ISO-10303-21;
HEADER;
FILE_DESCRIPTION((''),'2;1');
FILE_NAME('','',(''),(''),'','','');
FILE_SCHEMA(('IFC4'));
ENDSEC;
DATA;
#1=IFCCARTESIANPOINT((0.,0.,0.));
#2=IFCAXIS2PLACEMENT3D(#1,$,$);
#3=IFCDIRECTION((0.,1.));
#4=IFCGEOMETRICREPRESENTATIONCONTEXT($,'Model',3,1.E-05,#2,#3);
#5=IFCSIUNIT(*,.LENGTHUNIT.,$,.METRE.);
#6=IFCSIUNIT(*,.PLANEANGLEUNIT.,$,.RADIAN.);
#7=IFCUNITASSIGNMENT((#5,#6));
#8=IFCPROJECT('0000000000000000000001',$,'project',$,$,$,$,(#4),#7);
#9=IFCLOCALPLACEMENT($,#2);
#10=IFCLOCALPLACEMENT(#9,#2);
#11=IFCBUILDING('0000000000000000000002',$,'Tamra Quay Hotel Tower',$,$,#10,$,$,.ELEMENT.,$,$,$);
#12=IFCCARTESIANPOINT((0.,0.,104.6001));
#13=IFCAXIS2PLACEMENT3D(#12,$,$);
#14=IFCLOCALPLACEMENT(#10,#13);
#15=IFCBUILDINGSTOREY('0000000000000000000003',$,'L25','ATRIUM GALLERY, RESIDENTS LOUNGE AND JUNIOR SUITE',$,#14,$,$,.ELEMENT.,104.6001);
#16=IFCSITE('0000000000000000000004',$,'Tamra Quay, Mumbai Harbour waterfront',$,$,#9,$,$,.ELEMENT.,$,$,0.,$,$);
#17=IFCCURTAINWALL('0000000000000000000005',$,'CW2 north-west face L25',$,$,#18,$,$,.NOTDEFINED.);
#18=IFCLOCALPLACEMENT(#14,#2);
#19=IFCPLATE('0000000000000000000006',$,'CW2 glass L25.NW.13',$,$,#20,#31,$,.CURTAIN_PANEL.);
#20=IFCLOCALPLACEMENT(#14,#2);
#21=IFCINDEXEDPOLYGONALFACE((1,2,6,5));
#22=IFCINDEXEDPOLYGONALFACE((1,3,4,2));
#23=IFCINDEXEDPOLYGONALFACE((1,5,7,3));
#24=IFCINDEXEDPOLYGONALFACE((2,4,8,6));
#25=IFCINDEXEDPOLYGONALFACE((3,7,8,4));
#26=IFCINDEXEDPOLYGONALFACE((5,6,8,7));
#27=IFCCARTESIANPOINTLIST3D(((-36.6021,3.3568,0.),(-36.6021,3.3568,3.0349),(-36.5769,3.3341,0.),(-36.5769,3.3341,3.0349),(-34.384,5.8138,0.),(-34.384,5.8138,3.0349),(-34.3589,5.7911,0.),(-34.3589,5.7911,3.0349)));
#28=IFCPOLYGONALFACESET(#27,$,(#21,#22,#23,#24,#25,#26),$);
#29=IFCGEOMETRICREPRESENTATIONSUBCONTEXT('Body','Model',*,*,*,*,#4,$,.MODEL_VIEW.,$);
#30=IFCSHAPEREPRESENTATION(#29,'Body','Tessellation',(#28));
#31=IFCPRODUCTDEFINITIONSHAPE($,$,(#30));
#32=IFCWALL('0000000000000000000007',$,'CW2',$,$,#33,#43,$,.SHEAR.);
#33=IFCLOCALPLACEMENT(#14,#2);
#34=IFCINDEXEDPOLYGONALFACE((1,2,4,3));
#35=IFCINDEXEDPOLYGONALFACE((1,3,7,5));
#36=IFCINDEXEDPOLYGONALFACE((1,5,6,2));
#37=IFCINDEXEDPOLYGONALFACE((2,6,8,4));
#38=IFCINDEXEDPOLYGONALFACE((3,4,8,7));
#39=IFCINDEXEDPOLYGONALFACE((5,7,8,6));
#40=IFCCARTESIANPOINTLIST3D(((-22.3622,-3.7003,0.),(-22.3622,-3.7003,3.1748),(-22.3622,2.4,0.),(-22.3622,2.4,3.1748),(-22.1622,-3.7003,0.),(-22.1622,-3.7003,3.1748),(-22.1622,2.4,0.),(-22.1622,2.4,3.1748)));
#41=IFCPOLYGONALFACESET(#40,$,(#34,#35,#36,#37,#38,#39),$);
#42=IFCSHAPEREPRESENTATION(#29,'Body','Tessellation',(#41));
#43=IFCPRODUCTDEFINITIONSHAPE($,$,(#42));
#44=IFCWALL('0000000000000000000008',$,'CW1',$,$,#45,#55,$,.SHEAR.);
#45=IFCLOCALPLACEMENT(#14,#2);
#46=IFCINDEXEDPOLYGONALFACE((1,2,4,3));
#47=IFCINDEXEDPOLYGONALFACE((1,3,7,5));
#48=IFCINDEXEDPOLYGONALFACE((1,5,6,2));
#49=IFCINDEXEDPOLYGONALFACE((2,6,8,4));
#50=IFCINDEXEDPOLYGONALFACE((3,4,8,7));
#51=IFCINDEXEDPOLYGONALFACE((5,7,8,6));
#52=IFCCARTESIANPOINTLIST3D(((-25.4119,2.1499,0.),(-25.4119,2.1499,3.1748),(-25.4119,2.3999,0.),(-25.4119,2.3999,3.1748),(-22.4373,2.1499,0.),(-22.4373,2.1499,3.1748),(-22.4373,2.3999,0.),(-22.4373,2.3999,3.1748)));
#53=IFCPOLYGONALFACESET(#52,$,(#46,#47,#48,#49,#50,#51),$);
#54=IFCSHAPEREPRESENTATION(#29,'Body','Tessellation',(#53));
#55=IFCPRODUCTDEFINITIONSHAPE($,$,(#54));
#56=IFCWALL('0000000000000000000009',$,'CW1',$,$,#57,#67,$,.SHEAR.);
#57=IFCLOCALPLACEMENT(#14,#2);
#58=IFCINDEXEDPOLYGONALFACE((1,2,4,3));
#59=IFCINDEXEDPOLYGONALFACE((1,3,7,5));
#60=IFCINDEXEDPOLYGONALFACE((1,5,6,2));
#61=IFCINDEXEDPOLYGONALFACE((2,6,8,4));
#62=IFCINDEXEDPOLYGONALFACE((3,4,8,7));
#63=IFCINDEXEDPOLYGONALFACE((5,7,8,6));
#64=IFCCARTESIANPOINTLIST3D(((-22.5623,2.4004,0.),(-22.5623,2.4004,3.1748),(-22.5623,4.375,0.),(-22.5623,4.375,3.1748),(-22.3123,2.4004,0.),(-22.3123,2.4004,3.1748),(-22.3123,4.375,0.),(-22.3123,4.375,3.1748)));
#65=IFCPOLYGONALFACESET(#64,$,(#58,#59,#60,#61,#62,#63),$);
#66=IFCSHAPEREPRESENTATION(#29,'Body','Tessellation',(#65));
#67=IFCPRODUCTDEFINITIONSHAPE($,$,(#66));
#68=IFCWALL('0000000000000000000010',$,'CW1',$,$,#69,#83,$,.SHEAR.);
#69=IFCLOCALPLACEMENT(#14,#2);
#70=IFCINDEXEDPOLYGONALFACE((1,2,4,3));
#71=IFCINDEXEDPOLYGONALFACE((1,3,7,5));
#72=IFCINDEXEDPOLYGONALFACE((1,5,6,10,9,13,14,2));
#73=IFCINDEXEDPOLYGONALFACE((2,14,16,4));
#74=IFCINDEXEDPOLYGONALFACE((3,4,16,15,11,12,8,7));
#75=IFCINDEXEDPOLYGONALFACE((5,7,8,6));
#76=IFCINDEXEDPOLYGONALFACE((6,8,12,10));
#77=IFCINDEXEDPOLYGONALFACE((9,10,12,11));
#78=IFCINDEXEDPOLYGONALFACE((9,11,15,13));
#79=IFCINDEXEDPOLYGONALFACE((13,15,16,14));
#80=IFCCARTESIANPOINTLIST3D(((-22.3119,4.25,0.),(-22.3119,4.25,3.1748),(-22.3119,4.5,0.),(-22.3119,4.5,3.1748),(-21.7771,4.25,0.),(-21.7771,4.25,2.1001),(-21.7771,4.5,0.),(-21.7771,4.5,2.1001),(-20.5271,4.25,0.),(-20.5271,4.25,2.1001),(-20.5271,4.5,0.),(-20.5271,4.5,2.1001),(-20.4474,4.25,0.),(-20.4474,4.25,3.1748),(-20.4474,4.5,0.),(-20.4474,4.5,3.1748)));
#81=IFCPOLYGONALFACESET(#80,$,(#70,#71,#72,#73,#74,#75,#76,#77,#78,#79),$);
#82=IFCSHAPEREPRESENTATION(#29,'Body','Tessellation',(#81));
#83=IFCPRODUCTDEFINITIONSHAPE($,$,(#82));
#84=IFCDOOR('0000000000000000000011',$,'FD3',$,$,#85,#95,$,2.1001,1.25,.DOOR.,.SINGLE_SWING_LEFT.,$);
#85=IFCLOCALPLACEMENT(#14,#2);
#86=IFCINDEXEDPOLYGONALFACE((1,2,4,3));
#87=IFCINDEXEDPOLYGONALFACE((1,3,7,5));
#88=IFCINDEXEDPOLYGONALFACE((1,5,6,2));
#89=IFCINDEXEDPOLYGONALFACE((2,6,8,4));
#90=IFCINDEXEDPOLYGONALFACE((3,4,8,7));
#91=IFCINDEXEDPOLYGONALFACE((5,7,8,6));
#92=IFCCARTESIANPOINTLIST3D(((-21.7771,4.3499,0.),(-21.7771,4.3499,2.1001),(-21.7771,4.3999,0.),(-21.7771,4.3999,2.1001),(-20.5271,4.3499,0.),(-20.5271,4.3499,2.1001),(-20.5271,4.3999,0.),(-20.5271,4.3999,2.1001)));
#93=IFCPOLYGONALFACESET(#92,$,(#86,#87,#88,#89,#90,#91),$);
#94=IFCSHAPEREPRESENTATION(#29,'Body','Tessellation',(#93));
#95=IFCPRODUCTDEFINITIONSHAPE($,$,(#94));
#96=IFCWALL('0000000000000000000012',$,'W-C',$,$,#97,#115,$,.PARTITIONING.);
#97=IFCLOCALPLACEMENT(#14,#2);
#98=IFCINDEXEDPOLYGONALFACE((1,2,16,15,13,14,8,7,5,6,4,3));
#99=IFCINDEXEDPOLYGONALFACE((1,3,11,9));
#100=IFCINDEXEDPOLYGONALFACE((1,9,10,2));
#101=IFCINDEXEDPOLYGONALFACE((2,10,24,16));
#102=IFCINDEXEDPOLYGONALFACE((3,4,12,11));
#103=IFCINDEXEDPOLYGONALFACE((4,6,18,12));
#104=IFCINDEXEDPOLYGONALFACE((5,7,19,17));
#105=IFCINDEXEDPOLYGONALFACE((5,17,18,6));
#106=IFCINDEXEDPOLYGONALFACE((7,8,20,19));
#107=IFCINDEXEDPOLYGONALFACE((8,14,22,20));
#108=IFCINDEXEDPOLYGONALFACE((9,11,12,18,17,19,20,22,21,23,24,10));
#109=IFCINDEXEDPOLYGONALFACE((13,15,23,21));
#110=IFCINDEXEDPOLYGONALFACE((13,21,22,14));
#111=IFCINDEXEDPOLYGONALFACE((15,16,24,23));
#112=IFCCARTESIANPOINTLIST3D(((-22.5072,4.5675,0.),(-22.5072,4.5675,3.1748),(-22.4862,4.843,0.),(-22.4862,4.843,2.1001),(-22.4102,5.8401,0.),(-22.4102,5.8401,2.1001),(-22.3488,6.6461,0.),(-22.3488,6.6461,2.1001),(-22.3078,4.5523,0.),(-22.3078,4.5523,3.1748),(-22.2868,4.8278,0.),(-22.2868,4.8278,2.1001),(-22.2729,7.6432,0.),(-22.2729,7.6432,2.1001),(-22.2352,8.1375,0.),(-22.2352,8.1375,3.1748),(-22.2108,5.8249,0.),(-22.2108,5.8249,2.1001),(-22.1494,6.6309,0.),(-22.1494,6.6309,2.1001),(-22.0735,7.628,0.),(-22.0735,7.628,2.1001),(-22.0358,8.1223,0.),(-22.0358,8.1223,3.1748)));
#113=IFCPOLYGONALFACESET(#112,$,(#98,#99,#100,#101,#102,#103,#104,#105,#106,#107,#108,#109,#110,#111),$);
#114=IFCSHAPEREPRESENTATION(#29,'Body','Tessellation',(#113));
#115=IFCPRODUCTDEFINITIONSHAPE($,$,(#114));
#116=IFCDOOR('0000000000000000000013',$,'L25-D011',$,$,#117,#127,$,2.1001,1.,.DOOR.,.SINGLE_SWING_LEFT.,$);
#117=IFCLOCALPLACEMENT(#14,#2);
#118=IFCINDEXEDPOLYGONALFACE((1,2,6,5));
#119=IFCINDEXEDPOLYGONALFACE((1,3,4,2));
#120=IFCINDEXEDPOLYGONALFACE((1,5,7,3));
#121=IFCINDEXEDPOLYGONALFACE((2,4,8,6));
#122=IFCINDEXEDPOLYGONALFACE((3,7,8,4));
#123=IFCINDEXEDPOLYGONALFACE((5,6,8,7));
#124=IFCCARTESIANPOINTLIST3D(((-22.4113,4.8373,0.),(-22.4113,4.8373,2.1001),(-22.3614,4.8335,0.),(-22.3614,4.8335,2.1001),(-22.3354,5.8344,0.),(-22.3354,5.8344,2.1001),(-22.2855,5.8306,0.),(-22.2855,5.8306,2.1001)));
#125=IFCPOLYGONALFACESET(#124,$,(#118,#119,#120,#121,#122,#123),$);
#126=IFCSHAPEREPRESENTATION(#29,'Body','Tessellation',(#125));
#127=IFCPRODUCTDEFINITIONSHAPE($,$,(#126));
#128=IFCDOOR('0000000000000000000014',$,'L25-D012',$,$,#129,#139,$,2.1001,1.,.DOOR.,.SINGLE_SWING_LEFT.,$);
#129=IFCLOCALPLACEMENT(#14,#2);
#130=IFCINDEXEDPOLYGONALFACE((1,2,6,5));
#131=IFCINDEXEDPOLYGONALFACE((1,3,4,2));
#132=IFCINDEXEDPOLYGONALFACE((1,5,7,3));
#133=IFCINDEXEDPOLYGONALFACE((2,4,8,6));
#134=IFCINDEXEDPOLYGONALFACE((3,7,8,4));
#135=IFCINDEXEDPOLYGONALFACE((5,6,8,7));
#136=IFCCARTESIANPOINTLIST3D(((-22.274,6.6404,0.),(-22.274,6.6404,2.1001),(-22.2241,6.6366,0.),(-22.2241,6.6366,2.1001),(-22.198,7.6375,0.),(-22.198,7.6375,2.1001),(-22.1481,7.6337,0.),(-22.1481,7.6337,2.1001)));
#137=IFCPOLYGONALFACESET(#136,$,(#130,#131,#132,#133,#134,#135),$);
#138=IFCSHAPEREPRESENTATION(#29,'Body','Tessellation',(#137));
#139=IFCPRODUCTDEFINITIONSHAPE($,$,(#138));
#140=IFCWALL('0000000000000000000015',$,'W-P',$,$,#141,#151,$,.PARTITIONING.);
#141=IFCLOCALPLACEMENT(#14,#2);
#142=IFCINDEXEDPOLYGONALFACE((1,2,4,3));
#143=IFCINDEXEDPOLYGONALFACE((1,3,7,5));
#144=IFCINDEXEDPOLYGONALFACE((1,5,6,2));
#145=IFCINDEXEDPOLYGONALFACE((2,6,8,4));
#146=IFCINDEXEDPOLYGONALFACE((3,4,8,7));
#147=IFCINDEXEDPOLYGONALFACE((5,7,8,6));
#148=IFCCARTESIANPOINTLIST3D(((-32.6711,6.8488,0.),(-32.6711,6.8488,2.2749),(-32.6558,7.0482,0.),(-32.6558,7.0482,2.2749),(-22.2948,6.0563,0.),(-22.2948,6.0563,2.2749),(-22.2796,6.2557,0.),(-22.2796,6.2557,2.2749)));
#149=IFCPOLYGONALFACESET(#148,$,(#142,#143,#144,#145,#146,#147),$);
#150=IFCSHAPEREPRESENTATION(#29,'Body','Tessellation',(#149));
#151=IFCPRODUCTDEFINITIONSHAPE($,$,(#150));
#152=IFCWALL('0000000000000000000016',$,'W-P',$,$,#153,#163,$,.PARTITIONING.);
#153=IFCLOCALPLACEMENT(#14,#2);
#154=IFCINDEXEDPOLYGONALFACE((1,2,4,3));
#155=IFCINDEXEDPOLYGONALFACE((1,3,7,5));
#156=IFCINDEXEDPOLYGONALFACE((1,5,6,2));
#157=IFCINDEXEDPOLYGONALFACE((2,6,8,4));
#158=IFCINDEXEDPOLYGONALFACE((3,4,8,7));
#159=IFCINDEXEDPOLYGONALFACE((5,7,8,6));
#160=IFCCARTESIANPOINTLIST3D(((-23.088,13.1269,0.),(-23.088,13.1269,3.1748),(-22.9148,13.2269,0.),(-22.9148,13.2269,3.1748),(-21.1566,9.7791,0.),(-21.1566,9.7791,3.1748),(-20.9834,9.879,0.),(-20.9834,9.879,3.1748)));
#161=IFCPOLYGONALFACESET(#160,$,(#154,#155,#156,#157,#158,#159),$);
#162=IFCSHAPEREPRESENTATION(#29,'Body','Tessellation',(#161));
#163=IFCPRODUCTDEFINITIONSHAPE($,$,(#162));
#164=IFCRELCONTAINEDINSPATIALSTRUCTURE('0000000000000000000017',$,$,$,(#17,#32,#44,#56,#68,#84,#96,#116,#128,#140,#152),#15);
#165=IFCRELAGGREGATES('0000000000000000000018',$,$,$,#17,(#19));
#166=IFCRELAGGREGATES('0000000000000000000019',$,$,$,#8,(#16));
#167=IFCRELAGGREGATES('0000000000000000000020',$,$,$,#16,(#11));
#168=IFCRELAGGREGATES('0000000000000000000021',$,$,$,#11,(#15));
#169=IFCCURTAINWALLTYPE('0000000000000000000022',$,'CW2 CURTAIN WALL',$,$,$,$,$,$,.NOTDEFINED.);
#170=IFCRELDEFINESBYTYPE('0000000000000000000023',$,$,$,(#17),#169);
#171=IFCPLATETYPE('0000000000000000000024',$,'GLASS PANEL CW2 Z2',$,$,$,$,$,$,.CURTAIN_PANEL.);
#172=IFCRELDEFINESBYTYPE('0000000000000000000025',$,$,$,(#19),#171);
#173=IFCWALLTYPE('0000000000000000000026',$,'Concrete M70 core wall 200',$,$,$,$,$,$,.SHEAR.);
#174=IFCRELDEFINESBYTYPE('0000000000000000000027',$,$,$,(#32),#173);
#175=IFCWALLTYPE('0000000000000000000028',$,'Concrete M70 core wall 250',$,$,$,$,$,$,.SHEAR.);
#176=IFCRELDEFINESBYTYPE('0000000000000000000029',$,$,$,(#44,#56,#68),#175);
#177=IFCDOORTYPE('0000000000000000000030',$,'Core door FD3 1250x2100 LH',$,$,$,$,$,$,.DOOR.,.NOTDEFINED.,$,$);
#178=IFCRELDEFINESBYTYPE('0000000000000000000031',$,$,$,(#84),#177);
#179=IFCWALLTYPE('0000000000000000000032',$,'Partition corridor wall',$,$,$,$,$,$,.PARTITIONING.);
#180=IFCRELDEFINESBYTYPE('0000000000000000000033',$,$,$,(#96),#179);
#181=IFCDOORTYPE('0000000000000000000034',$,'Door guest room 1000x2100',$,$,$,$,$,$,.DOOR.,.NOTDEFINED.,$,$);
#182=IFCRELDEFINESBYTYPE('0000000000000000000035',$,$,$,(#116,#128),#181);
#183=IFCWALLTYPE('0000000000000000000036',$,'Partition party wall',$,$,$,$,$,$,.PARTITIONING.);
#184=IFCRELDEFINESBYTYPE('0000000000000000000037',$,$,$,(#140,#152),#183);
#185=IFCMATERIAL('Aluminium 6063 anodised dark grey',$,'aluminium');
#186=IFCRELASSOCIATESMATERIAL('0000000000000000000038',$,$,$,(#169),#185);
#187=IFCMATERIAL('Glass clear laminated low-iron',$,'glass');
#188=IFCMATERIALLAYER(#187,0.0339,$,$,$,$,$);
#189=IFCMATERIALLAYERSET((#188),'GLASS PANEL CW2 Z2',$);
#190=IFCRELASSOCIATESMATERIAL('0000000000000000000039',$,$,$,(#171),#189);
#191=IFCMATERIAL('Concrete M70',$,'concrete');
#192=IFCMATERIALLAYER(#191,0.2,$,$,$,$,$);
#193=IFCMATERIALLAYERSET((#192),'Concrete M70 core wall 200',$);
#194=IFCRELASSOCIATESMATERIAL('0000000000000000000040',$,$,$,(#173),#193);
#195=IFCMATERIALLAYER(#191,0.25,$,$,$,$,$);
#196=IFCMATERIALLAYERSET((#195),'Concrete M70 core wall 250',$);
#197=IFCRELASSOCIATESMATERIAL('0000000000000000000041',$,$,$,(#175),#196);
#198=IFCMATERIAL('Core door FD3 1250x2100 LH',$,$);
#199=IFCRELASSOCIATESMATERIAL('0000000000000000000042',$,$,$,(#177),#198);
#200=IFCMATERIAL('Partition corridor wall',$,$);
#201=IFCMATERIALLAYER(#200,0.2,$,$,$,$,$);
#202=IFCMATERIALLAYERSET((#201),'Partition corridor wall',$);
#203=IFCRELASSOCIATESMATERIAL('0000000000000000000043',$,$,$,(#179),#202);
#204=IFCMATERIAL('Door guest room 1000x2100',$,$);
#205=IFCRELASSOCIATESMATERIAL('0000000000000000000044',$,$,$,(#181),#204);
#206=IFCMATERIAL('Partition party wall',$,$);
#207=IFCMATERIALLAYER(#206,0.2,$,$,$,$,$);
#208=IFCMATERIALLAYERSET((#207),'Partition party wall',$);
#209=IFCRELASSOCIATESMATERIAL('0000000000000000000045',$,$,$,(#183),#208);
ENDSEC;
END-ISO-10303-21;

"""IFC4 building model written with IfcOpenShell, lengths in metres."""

from ifc_helpers import new_model, si_unit, direction, frame, frame_2d, origin, origin_2d, place, context, subcontext, project, spatial, rectangle, extrude, material, layer, layer_set, type_object, element, fill, aggregate, save


model = new_model("IFC4")

# Units and contexts
model_context = context("Model", 3, precision=1e-05, world=origin(), true_north=direction((0.0, 1.0)))
body_context = subcontext(model_context, "Body", "Model", "MODEL_VIEW")
ifc_project = project(units=[si_unit("LENGTHUNIT", "METRE"), si_unit("PLANEANGLEUNIT", "RADIAN")], contexts=[model_context])

# Site, building, storey
site_placement = place(None, origin())
site = spatial("IfcSite", under=ifc_project, at=site_placement, Name="Tamra Quay, Mumbai Harbour waterfront", CompositionType="ELEMENT", RefElevation=0.0)
building_placement = place(site_placement, origin())
building = spatial("IfcBuilding", under=site, at=building_placement, Name="Tamra Quay Hotel Tower", CompositionType="ELEMENT")
storey_placement = place(building_placement, frame((0.0, 0.0, 104.6001)))
storey = spatial("IfcBuildingStorey", under=building, at=storey_placement, Name="L25", Description="ATRIUM GALLERY, RESIDENTS LOUNGE AND JUNIOR SUITE", CompositionType="ELEMENT", Elevation=104.6001)

# Shared definitions
ifc_material_1 = material(Name="Concrete M70", Category="concrete")

# Curtain wall
ifc_material_2 = material(Name="Aluminium 6063 anodised dark grey", Category="aluminium")
curtain_wall_type = type_object("IfcCurtainWallType", Name="CW2 CURTAIN WALL", PredefinedType="NOTDEFINED", material=ifc_material_2)
curtain_wall_placement = place(storey_placement, origin())
curtain_wall = element("IfcCurtainWall", 1, at=curtain_wall_placement, inside=storey, type_object=curtain_wall_type, Name="CW2 north-west face L25", PredefinedType="NOTDEFINED")

# Plate
ifc_material_3 = material(Name="Glass clear laminated low-iron", Category="glass")
ifc_layer_1 = layer(ifc_material_3, 0.0339)
ifc_layer_set_1 = layer_set([ifc_layer_1], Name="GLASS PANEL CW2 Z2")
plate_type = type_object("IfcPlateType", Name="GLASS PANEL CW2 Z2", PredefinedType="CURTAIN_PANEL", material=ifc_layer_set_1)
plate_1_placement = place(storey_placement, frame((-35.4805, 4.574, 0.0), z_axis=(0.0, 0.0, 1.0), x_axis=(-0.670088, -0.742282, 0.0)))
plate_1 = element("IfcPlate", 2, at=plate_1_placement, type_object=plate_type, Name="CW2 glass L25.NW.13", PredefinedType="CURTAIN_PANEL", context=body_context, shape_type="SweptSolid", body=[
    extrude(rectangle(XDim=3.3101, YDim=0.0339, at=origin_2d()), origin(), (0.0, 0.0, 1.0), 3.0349),
])
aggregate(curtain_wall, [plate_1])

# Walls
ifc_layer_2 = layer(ifc_material_1, 0.2)
ifc_layer_set_2 = layer_set([ifc_layer_2], Name="Concrete M70 core wall 200")
wall_type_1 = type_object("IfcWallType", Name="Concrete M70 core wall 200", PredefinedType="SHEAR", material=ifc_layer_set_2)
wall_1_placement = place(storey_placement, frame((-22.2622, 2.4001, 0.0), z_axis=(0.0, 0.0, 1.0), x_axis=(0.0, -1.0, 0.0)))
element("IfcWall", 3, at=wall_1_placement, inside=storey, type_object=wall_type_1, Name="CW2", PredefinedType="SHEAR", context=body_context, shape_type="SweptSolid", body=[
    extrude(rectangle(XDim=6.1003, YDim=0.2, at=frame_2d((3.0503, 0.0))), origin(), (0.0, 0.0, 1.0), 3.1748),
])
ifc_layer_3 = layer(ifc_material_1, 0.25)
ifc_layer_set_3 = layer_set([ifc_layer_3], Name="Concrete M70 core wall 250")
wall_type_2 = type_object("IfcWallType", Name="Concrete M70 core wall 250", PredefinedType="SHEAR", material=ifc_layer_set_3)
wall_2_placement = place(storey_placement, frame((-25.4119, 2.2749, 0.0), z_axis=(0.0, 0.0, 1.0), x_axis=(1.0, 0.0, 0.0)))
element("IfcWall", 4, at=wall_2_placement, inside=storey, type_object=wall_type_2, Name="CW1", PredefinedType="SHEAR", context=body_context, shape_type="SweptSolid", body=[
    extrude(rectangle(XDim=2.9746, YDim=0.25, at=frame_2d((1.4873, 0.0))), origin(), (0.0, 0.0, 1.0), 3.1748),
])
wall_3_placement = place(storey_placement, frame((-22.4373, 2.4004, 0.0), z_axis=(0.0, 0.0, 1.0), x_axis=(0.0, 1.0, 0.0)))
element("IfcWall", 5, at=wall_3_placement, inside=storey, type_object=wall_type_2, Name="CW1", PredefinedType="SHEAR", context=body_context, shape_type="SweptSolid", body=[
    extrude(rectangle(XDim=1.9746, YDim=0.25, at=frame_2d((0.9873, 0.0))), origin(), (0.0, 0.0, 1.0), 3.1748),
])

# Wall, opening, door
wall_4_placement = place(storey_placement, frame((-22.3118, 4.375, 0.0), z_axis=(0.0, 0.0, 1.0), x_axis=(1.0, 0.0, 0.0)))
wall_4 = element("IfcWall", 6, at=wall_4_placement, inside=storey, type_object=wall_type_2, Name="CW1", PredefinedType="SHEAR", context=body_context, shape_type="SweptSolid", body=[
    extrude(rectangle(XDim=1.8645, YDim=0.25, at=frame_2d((0.9321, 0.0))), origin(), (0.0, 0.0, 1.0), 3.1748),
])
opening_1_placement = place(wall_4_placement, frame((0.5347, 0.0, 0.0)))
opening_1 = element("IfcOpeningElement", 7, at=opening_1_placement, cuts=wall_4, PredefinedType="OPENING", context=body_context, shape_type="SweptSolid", body=[
    extrude(rectangle(XDim=1.25, YDim=2.1001, at=frame_2d((0.625, 1.05))), frame((0.0, 0.135, 0.0), z_axis=(0.0, -1.0, 0.0), x_axis=(1.0, 0.0, 0.0)), (0.0, 0.0, 1.0), 0.27),
])
ifc_material_4 = material(Name="Core door FD3 1250x2100 LH")
door_type_1 = type_object("IfcDoorType", Name="Core door FD3 1250x2100 LH", OperationType="NOTDEFINED", PredefinedType="DOOR", material=ifc_material_4)
door_1_placement = place(opening_1_placement, origin())
door_1 = element("IfcDoor", 8, at=door_1_placement, inside=storey, type_object=door_type_1, Name="FD3", OperationType="SINGLE_SWING_LEFT", OverallHeight=2.1001, OverallWidth=1.25, PredefinedType="DOOR", context=body_context, shape_type="SweptSolid", body=[
    extrude(rectangle(XDim=1.25, YDim=2.1001, at=frame_2d((0.625, 1.05))), frame((0.0, 0.0249, 0.0), z_axis=(0.0, -1.0, 0.0), x_axis=(1.0, 0.0, 0.0)), (0.0, 0.0, 1.0), 0.05),
])
fill(opening_1, door_1)

# Wall, openings, doors
ifc_material_5 = material(Name="Partition corridor wall")
ifc_layer_4 = layer(ifc_material_5, 0.2)
ifc_layer_set_4 = layer_set([ifc_layer_4], Name="Partition corridor wall")
wall_type_3 = type_object("IfcWallType", Name="Partition corridor wall", PredefinedType="PARTITIONING", material=ifc_layer_set_4)
wall_5_placement = place(storey_placement, frame((-22.4075, 4.5601, 0.0), z_axis=(0.0, 0.0, 1.0), x_axis=(0.075961, 0.997111, 0.0)))
wall_5 = element("IfcWall", 9, at=wall_5_placement, inside=storey, type_object=wall_type_3, Name="W-C", PredefinedType="PARTITIONING", context=body_context, shape_type="SweptSolid", body=[
    extrude(rectangle(XDim=3.5803, YDim=0.2, at=frame_2d((1.79, 0.0))), origin(), (0.0, 0.0, 1.0), 3.1748),
])
opening_2_placement = place(wall_5_placement, frame((0.2761, 0.0, 0.0)))
opening_2 = element("IfcOpeningElement", 10, at=opening_2_placement, cuts=wall_5, PredefinedType="OPENING", context=body_context, shape_type="SweptSolid", body=[
    extrude(rectangle(XDim=1.0, YDim=2.1001, at=frame_2d((0.5, 1.05))), frame((0.0, 0.1099, 0.0), z_axis=(0.0, -1.0, 0.0), x_axis=(1.0, 0.0, 0.0)), (0.0, 0.0, 1.0), 0.22),
])
opening_3_placement = place(wall_5_placement, frame((2.0845, 0.0, 0.0)))
opening_3 = element("IfcOpeningElement", 11, at=opening_3_placement, cuts=wall_5, PredefinedType="OPENING", context=body_context, shape_type="SweptSolid", body=[
    extrude(rectangle(XDim=1.0, YDim=2.1001, at=frame_2d((0.5, 1.05))), frame((0.0, 0.1099, 0.0), z_axis=(0.0, -1.0, 0.0), x_axis=(1.0, 0.0, 0.0)), (0.0, 0.0, 1.0), 0.22),
])
ifc_material_6 = material(Name="Door guest room 1000x2100")
door_type_2 = type_object("IfcDoorType", Name="Door guest room 1000x2100", OperationType="NOTDEFINED", PredefinedType="DOOR", material=ifc_material_6)
door_2_placement = place(opening_2_placement, origin())
door_2 = element("IfcDoor", 12, at=door_2_placement, inside=storey, type_object=door_type_2, Name="L25-D011", OperationType="SINGLE_SWING_LEFT", OverallHeight=2.1001, OverallWidth=1.0, PredefinedType="DOOR", context=body_context, shape_type="SweptSolid", body=[
    extrude(rectangle(XDim=1.0, YDim=2.1001, at=frame_2d((0.5, 1.05))), frame((0.0, 0.0249, 0.0), z_axis=(0.0, -1.0, 0.0), x_axis=(1.0, 0.0, 0.0)), (0.0, 0.0, 1.0), 0.05),
])
fill(opening_2, door_2)
door_3_placement = place(opening_3_placement, origin())
door_3 = element("IfcDoor", 13, at=door_3_placement, inside=storey, type_object=door_type_2, Name="L25-D012", OperationType="SINGLE_SWING_LEFT", OverallHeight=2.1001, OverallWidth=1.0, PredefinedType="DOOR", context=body_context, shape_type="SweptSolid", body=[
    extrude(rectangle(XDim=1.0, YDim=2.1001, at=frame_2d((0.5, 1.05))), frame((0.0, 0.0249, 0.0), z_axis=(0.0, -1.0, 0.0), x_axis=(1.0, 0.0, 0.0)), (0.0, 0.0, 1.0), 0.05),
])
fill(opening_3, door_3)

# Walls
ifc_material_7 = material(Name="Partition party wall")
ifc_layer_5 = layer(ifc_material_7, 0.2)
ifc_layer_set_5 = layer_set([ifc_layer_5], Name="Partition party wall")
wall_type_4 = type_object("IfcWallType", Name="Partition party wall", PredefinedType="PARTITIONING", material=ifc_layer_set_5)
wall_6_placement = place(storey_placement, frame((-32.6633, 6.9485, 0.0), z_axis=(0.0, 0.0, 1.0), x_axis=(0.997096, -0.076153, 0.0)))
element("IfcWall", 14, at=wall_6_placement, inside=storey, type_object=wall_type_4, Name="W-P", PredefinedType="PARTITIONING", context=body_context, shape_type="SweptSolid", body=[
    extrude(rectangle(XDim=10.4065, YDim=0.2, at=frame_2d((5.2031, 0.0))), origin(), (0.0, 0.0, 1.0), 2.2749),
])
wall_7_placement = place(storey_placement, frame((-23.0015, 13.177, 0.0), z_axis=(0.0, 0.0, 1.0), x_axis=(0.499706, -0.866195, 0.0)))
element("IfcWall", 15, at=wall_7_placement, inside=storey, type_object=wall_type_4, Name="W-P", PredefinedType="PARTITIONING", context=body_context, shape_type="SweptSolid", body=[
    extrude(rectangle(XDim=3.865, YDim=0.2, at=frame_2d((1.9326, 0.0))), origin(), (0.0, 0.0, 1.0), 3.1748),
])

save(model, "model.ifc")
